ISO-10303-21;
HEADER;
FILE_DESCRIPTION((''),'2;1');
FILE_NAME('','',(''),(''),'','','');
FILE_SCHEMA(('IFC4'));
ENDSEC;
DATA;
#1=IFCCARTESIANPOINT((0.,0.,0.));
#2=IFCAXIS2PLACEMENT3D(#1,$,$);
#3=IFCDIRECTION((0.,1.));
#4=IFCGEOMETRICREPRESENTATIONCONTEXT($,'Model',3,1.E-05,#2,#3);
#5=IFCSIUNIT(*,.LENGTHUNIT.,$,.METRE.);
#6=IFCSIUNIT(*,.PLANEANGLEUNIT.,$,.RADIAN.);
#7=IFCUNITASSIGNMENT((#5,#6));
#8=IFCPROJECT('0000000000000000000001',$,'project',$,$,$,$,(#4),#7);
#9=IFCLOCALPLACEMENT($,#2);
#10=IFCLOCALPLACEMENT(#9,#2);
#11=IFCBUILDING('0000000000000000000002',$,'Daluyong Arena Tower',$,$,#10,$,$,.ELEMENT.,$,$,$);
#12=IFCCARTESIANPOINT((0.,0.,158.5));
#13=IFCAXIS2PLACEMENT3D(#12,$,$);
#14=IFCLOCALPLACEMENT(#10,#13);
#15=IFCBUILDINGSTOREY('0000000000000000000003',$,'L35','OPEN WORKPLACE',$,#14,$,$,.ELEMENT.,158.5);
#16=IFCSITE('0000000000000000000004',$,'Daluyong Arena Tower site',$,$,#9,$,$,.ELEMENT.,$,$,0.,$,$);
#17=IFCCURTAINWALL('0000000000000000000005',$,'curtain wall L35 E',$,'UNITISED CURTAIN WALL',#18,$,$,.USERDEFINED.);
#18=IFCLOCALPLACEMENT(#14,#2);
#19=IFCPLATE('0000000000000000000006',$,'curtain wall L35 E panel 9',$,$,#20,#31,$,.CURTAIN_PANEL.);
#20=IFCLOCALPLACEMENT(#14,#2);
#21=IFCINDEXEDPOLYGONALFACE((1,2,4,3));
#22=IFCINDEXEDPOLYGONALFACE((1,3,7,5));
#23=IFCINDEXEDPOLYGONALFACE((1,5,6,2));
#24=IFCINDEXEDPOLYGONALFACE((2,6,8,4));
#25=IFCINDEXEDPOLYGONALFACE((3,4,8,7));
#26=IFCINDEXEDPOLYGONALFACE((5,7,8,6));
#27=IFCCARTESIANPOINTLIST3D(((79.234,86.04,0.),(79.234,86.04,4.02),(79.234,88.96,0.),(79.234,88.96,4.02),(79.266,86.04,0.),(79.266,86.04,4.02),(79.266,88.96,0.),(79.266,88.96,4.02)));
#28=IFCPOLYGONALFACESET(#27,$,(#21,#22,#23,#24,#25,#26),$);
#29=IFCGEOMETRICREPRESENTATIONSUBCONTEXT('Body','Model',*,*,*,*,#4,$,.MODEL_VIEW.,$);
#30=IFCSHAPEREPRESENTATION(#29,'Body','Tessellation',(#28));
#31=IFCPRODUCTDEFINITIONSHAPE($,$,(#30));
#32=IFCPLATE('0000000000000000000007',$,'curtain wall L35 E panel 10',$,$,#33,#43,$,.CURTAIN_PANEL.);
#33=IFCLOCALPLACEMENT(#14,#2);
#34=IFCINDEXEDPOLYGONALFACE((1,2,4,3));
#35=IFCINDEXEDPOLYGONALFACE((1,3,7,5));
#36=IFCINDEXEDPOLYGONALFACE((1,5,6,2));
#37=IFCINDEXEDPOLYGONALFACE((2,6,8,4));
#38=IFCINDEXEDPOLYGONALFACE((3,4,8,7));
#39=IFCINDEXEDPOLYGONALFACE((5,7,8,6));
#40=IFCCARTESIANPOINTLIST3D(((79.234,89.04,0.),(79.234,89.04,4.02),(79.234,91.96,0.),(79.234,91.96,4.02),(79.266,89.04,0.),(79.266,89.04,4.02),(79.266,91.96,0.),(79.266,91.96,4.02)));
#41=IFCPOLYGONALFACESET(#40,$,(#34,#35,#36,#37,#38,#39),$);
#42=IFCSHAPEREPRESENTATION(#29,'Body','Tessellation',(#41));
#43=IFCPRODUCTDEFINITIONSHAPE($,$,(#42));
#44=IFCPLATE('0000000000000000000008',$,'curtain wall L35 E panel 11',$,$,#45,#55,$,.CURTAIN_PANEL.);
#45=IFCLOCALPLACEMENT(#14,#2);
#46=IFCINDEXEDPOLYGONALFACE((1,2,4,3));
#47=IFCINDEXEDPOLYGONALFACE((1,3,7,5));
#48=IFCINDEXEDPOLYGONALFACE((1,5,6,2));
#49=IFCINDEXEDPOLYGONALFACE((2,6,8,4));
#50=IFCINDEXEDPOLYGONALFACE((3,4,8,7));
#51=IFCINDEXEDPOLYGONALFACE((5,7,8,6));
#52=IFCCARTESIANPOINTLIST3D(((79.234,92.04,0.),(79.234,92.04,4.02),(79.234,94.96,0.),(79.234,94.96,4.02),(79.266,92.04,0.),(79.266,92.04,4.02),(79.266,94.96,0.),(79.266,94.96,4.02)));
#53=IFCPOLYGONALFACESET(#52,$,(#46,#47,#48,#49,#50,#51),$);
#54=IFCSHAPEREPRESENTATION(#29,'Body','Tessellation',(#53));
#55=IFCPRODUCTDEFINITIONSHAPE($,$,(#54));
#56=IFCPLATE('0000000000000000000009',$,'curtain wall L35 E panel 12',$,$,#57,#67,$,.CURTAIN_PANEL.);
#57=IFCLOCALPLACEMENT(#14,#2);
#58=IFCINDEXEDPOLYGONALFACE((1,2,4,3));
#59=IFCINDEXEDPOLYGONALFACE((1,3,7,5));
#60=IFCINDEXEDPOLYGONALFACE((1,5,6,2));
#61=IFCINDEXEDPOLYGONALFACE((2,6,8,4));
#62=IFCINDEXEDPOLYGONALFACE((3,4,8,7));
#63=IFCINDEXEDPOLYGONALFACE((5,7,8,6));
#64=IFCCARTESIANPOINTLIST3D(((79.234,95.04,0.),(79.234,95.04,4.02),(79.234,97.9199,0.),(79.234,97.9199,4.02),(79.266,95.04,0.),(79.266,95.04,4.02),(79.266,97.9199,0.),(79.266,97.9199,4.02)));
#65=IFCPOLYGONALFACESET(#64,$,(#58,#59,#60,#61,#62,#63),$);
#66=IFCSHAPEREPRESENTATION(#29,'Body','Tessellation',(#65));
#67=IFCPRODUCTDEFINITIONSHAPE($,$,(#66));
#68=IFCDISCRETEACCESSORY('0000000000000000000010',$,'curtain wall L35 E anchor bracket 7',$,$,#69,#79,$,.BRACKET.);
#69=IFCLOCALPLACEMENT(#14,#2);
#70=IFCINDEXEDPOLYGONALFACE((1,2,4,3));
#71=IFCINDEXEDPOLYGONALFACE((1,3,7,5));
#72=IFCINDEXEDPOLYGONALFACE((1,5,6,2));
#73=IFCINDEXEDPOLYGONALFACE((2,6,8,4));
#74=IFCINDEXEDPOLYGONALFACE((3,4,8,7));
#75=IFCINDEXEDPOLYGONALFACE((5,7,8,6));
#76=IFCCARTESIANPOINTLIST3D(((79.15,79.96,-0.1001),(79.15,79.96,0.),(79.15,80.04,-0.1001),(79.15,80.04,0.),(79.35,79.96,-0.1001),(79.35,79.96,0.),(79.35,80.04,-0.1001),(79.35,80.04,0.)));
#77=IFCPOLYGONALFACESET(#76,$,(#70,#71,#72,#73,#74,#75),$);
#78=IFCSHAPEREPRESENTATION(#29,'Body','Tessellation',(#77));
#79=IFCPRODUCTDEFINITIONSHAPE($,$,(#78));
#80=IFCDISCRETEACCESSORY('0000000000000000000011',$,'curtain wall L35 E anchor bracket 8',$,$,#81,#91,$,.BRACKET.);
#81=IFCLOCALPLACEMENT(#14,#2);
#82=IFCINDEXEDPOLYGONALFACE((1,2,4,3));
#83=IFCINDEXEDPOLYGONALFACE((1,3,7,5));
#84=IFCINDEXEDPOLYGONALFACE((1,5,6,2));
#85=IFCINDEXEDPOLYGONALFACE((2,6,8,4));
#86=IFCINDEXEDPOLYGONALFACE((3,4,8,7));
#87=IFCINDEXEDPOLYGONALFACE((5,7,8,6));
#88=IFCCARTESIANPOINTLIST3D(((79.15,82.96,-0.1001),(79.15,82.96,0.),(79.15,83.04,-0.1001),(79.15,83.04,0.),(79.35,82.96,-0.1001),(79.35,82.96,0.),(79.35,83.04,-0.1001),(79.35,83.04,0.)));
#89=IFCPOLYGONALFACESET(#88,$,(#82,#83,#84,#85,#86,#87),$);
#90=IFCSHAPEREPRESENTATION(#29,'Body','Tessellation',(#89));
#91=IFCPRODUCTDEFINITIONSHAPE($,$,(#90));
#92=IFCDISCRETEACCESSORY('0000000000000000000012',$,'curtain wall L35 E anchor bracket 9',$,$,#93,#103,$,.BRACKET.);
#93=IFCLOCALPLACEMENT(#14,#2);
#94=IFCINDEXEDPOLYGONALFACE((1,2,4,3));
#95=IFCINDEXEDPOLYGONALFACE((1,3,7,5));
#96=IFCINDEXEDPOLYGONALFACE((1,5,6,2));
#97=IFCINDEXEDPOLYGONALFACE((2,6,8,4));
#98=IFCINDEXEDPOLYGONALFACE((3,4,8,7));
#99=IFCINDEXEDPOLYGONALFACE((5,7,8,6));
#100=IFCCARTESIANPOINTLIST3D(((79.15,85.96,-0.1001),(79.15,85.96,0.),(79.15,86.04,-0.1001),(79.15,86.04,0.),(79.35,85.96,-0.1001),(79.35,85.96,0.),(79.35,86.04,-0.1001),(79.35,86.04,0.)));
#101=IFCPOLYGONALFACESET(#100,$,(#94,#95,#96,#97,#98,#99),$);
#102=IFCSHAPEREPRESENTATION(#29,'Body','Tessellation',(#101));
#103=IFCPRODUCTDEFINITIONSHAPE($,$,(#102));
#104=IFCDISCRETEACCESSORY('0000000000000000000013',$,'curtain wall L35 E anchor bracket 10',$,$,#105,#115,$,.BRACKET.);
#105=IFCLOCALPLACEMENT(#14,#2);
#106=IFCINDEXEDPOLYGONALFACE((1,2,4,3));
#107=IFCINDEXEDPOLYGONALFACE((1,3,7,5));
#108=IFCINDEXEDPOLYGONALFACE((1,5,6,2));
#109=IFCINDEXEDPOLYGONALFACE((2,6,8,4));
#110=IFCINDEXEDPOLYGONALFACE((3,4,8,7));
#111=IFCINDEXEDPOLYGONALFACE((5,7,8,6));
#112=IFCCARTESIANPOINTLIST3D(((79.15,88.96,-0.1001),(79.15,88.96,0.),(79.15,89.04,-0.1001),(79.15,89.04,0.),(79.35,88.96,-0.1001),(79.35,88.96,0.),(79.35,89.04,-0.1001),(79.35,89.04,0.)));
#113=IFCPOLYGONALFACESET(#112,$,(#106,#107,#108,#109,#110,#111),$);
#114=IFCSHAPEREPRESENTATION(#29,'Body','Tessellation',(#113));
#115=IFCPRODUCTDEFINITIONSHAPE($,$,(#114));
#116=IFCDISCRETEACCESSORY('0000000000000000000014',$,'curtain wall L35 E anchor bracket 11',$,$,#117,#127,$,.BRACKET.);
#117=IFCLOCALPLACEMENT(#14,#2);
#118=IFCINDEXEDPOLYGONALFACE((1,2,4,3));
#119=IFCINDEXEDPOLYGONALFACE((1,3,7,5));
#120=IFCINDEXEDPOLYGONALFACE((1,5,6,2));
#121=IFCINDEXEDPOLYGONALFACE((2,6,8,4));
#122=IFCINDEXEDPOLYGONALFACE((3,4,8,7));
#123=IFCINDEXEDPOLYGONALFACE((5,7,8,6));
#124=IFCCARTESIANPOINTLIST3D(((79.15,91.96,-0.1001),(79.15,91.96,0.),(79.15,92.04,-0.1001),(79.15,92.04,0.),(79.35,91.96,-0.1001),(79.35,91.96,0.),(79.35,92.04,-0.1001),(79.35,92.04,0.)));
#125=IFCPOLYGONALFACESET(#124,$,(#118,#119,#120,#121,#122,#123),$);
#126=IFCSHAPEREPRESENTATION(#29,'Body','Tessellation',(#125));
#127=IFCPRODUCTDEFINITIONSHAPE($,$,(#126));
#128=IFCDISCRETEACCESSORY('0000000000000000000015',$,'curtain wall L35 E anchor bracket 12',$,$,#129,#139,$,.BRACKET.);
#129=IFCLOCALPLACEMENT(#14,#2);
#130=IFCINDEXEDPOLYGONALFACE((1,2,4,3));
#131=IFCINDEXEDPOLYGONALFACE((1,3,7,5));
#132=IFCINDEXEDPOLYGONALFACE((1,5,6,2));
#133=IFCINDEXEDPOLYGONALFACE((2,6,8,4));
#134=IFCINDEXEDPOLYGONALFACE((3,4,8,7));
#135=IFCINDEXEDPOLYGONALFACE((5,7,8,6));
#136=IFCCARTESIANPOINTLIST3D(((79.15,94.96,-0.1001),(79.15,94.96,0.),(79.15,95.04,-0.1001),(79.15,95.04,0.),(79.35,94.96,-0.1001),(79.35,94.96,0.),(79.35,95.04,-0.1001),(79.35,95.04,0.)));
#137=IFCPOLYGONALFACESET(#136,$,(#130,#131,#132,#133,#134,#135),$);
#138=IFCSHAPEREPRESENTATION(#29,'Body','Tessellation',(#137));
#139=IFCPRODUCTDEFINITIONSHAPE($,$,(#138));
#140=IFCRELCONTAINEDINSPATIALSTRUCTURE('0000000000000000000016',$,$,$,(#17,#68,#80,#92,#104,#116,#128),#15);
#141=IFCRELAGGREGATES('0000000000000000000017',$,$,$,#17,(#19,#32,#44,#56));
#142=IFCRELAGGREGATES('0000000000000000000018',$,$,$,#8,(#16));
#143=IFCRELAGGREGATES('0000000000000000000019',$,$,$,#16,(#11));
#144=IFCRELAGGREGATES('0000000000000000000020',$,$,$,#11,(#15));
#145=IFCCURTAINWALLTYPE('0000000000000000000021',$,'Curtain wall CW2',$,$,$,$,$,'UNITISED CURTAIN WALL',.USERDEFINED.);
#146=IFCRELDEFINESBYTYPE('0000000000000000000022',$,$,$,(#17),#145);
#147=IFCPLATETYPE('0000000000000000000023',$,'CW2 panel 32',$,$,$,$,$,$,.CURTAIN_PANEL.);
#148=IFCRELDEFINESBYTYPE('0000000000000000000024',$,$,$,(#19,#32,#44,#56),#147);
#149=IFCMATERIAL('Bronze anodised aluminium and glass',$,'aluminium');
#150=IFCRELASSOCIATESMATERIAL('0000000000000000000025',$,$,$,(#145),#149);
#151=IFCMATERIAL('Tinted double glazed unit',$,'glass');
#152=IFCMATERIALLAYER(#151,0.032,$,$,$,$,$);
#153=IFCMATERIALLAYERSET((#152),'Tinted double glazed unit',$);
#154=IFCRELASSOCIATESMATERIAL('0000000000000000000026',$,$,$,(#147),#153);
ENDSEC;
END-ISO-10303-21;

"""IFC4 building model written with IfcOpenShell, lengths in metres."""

from ifc_helpers import new_model, si_unit, direction, frame, origin, origin_2d, place, context, subcontext, project, spatial, rectangle, extrude, material, layer, layer_set, type_object, element, aggregate, save


model = new_model("IFC4")

# Units and contexts
model_context = context("Model", 3, precision=1e-05, world=origin(), true_north=direction((0.0, 1.0)))
body_context = subcontext(model_context, "Body", "Model", "MODEL_VIEW")
ifc_project = project(units=[si_unit("LENGTHUNIT", "METRE"), si_unit("PLANEANGLEUNIT", "RADIAN")], contexts=[model_context])

# Site, building, storey
site_placement = place(None, origin())
site = spatial("IfcSite", under=ifc_project, at=site_placement, Name="Daluyong Arena Tower site", CompositionType="ELEMENT", RefElevation=0.0)
building_placement = place(site_placement, origin())
building = spatial("IfcBuilding", under=site, at=building_placement, Name="Daluyong Arena Tower", CompositionType="ELEMENT")
storey_placement = place(building_placement, frame((0.0, 0.0, 158.5)))
storey = spatial("IfcBuildingStorey", under=building, at=storey_placement, Name="L35", Description="OPEN WORKPLACE", CompositionType="ELEMENT", Elevation=158.5)

# Curtain wall
ifc_material_1 = material(Name="Bronze anodised aluminium and glass", Category="aluminium")
curtain_wall_type = type_object("IfcCurtainWallType", Name="Curtain wall CW2", ElementType="UNITISED CURTAIN WALL", PredefinedType="USERDEFINED", material=ifc_material_1)
curtain_wall_placement = place(storey_placement, origin())
curtain_wall = element("IfcCurtainWall", 1, at=curtain_wall_placement, inside=storey, type_object=curtain_wall_type, Name="curtain wall L35 E", ObjectType="UNITISED CURTAIN WALL", PredefinedType="USERDEFINED")

# Plates
ifc_material_2 = material(Name="Tinted double glazed unit", Category="glass")
ifc_layer = layer(ifc_material_2, 0.032)
ifc_layer_set = layer_set([ifc_layer], Name="Tinted double glazed unit")
plate_type = type_object("IfcPlateType", Name="CW2 panel 32", PredefinedType="CURTAIN_PANEL", material=ifc_layer_set)
plate_1_placement = place(storey_placement, frame((79.25, 87.5, 0.0), z_axis=(0.0, 0.0, 1.0), x_axis=(0.0, 1.0, 0.0)))
plate_1 = element("IfcPlate", 2, at=plate_1_placement, type_object=plate_type, Name="curtain wall L35 E panel 9", PredefinedType="CURTAIN_PANEL", context=body_context, shape_type="SweptSolid", body=[
    extrude(rectangle(XDim=2.9199, YDim=0.032, at=origin_2d()), origin(), (0.0, 0.0, 1.0), 4.02),
])
plate_2_placement = place(storey_placement, frame((79.25, 90.5, 0.0), z_axis=(0.0, 0.0, 1.0), x_axis=(0.0, 1.0, 0.0)))
plate_2 = element("IfcPlate", 3, at=plate_2_placement, type_object=plate_type, Name="curtain wall L35 E panel 10", PredefinedType="CURTAIN_PANEL", context=body_context, shape_type="SweptSolid", body=[
    extrude(rectangle(XDim=2.9199, YDim=0.032, at=origin_2d()), origin(), (0.0, 0.0, 1.0), 4.02),
])
plate_3_placement = place(storey_placement, frame((79.25, 93.5, 0.0), z_axis=(0.0, 0.0, 1.0), x_axis=(0.0, 1.0, 0.0)))
plate_3 = element("IfcPlate", 4, at=plate_3_placement, type_object=plate_type, Name="curtain wall L35 E panel 11", PredefinedType="CURTAIN_PANEL", context=body_context, shape_type="SweptSolid", body=[
    extrude(rectangle(XDim=2.9199, YDim=0.032, at=origin_2d()), origin(), (0.0, 0.0, 1.0), 4.02),
])
plate_4_placement = place(storey_placement, frame((79.25, 96.48, 0.0), z_axis=(0.0, 0.0, 1.0), x_axis=(0.0, 1.0, 0.0)))
plate_4 = element("IfcPlate", 5, at=plate_4_placement, type_object=plate_type, Name="curtain wall L35 E panel 12", PredefinedType="CURTAIN_PANEL", context=body_context, shape_type="SweptSolid", body=[
    extrude(rectangle(XDim=2.8799, YDim=0.032, at=origin_2d()), origin(), (0.0, 0.0, 1.0), 4.02),
])
aggregate(curtain_wall, [plate_1, plate_2, plate_3, plate_4])

# Discrete accessories
for number, where, z_axis, x_axis, name in (
    (6, (79.25, 80.0, -0.1001), (0.0, 0.0, 1.0), (0.0, 1.0, 0.0), "curtain wall L35 E anchor bracket 7"),
    (7, (79.25, 83.0, -0.1001), (0.0, 0.0, 1.0), (0.0, 1.0, 0.0), "curtain wall L35 E anchor bracket 8"),
    (8, (79.25, 86.0, -0.1001), (0.0, 0.0, 1.0), (0.0, 1.0, 0.0), "curtain wall L35 E anchor bracket 9"),
    (9, (79.25, 89.0, -0.1001), (0.0, 0.0, 1.0), (0.0, 1.0, 0.0), "curtain wall L35 E anchor bracket 10"),
    (10, (79.25, 92.0, -0.1001), (0.0, 0.0, 1.0), (0.0, 1.0, 0.0), "curtain wall L35 E anchor bracket 11"),
    (11, (79.25, 95.0, -0.1001), (0.0, 0.0, 1.0), (0.0, 1.0, 0.0), "curtain wall L35 E anchor bracket 12"),
):
    element("IfcDiscreteAccessory", number, at=place(storey_placement, frame(where, z_axis=z_axis, x_axis=x_axis)), inside=storey, Name=name, PredefinedType="BRACKET", context=body_context, shape_type="SweptSolid", body=[
        extrude(rectangle(XDim=0.0801, YDim=0.2, at=origin_2d()), origin(), (0.0, 0.0, 1.0), 0.1001),
    ])

save(model, "model.ifc")
